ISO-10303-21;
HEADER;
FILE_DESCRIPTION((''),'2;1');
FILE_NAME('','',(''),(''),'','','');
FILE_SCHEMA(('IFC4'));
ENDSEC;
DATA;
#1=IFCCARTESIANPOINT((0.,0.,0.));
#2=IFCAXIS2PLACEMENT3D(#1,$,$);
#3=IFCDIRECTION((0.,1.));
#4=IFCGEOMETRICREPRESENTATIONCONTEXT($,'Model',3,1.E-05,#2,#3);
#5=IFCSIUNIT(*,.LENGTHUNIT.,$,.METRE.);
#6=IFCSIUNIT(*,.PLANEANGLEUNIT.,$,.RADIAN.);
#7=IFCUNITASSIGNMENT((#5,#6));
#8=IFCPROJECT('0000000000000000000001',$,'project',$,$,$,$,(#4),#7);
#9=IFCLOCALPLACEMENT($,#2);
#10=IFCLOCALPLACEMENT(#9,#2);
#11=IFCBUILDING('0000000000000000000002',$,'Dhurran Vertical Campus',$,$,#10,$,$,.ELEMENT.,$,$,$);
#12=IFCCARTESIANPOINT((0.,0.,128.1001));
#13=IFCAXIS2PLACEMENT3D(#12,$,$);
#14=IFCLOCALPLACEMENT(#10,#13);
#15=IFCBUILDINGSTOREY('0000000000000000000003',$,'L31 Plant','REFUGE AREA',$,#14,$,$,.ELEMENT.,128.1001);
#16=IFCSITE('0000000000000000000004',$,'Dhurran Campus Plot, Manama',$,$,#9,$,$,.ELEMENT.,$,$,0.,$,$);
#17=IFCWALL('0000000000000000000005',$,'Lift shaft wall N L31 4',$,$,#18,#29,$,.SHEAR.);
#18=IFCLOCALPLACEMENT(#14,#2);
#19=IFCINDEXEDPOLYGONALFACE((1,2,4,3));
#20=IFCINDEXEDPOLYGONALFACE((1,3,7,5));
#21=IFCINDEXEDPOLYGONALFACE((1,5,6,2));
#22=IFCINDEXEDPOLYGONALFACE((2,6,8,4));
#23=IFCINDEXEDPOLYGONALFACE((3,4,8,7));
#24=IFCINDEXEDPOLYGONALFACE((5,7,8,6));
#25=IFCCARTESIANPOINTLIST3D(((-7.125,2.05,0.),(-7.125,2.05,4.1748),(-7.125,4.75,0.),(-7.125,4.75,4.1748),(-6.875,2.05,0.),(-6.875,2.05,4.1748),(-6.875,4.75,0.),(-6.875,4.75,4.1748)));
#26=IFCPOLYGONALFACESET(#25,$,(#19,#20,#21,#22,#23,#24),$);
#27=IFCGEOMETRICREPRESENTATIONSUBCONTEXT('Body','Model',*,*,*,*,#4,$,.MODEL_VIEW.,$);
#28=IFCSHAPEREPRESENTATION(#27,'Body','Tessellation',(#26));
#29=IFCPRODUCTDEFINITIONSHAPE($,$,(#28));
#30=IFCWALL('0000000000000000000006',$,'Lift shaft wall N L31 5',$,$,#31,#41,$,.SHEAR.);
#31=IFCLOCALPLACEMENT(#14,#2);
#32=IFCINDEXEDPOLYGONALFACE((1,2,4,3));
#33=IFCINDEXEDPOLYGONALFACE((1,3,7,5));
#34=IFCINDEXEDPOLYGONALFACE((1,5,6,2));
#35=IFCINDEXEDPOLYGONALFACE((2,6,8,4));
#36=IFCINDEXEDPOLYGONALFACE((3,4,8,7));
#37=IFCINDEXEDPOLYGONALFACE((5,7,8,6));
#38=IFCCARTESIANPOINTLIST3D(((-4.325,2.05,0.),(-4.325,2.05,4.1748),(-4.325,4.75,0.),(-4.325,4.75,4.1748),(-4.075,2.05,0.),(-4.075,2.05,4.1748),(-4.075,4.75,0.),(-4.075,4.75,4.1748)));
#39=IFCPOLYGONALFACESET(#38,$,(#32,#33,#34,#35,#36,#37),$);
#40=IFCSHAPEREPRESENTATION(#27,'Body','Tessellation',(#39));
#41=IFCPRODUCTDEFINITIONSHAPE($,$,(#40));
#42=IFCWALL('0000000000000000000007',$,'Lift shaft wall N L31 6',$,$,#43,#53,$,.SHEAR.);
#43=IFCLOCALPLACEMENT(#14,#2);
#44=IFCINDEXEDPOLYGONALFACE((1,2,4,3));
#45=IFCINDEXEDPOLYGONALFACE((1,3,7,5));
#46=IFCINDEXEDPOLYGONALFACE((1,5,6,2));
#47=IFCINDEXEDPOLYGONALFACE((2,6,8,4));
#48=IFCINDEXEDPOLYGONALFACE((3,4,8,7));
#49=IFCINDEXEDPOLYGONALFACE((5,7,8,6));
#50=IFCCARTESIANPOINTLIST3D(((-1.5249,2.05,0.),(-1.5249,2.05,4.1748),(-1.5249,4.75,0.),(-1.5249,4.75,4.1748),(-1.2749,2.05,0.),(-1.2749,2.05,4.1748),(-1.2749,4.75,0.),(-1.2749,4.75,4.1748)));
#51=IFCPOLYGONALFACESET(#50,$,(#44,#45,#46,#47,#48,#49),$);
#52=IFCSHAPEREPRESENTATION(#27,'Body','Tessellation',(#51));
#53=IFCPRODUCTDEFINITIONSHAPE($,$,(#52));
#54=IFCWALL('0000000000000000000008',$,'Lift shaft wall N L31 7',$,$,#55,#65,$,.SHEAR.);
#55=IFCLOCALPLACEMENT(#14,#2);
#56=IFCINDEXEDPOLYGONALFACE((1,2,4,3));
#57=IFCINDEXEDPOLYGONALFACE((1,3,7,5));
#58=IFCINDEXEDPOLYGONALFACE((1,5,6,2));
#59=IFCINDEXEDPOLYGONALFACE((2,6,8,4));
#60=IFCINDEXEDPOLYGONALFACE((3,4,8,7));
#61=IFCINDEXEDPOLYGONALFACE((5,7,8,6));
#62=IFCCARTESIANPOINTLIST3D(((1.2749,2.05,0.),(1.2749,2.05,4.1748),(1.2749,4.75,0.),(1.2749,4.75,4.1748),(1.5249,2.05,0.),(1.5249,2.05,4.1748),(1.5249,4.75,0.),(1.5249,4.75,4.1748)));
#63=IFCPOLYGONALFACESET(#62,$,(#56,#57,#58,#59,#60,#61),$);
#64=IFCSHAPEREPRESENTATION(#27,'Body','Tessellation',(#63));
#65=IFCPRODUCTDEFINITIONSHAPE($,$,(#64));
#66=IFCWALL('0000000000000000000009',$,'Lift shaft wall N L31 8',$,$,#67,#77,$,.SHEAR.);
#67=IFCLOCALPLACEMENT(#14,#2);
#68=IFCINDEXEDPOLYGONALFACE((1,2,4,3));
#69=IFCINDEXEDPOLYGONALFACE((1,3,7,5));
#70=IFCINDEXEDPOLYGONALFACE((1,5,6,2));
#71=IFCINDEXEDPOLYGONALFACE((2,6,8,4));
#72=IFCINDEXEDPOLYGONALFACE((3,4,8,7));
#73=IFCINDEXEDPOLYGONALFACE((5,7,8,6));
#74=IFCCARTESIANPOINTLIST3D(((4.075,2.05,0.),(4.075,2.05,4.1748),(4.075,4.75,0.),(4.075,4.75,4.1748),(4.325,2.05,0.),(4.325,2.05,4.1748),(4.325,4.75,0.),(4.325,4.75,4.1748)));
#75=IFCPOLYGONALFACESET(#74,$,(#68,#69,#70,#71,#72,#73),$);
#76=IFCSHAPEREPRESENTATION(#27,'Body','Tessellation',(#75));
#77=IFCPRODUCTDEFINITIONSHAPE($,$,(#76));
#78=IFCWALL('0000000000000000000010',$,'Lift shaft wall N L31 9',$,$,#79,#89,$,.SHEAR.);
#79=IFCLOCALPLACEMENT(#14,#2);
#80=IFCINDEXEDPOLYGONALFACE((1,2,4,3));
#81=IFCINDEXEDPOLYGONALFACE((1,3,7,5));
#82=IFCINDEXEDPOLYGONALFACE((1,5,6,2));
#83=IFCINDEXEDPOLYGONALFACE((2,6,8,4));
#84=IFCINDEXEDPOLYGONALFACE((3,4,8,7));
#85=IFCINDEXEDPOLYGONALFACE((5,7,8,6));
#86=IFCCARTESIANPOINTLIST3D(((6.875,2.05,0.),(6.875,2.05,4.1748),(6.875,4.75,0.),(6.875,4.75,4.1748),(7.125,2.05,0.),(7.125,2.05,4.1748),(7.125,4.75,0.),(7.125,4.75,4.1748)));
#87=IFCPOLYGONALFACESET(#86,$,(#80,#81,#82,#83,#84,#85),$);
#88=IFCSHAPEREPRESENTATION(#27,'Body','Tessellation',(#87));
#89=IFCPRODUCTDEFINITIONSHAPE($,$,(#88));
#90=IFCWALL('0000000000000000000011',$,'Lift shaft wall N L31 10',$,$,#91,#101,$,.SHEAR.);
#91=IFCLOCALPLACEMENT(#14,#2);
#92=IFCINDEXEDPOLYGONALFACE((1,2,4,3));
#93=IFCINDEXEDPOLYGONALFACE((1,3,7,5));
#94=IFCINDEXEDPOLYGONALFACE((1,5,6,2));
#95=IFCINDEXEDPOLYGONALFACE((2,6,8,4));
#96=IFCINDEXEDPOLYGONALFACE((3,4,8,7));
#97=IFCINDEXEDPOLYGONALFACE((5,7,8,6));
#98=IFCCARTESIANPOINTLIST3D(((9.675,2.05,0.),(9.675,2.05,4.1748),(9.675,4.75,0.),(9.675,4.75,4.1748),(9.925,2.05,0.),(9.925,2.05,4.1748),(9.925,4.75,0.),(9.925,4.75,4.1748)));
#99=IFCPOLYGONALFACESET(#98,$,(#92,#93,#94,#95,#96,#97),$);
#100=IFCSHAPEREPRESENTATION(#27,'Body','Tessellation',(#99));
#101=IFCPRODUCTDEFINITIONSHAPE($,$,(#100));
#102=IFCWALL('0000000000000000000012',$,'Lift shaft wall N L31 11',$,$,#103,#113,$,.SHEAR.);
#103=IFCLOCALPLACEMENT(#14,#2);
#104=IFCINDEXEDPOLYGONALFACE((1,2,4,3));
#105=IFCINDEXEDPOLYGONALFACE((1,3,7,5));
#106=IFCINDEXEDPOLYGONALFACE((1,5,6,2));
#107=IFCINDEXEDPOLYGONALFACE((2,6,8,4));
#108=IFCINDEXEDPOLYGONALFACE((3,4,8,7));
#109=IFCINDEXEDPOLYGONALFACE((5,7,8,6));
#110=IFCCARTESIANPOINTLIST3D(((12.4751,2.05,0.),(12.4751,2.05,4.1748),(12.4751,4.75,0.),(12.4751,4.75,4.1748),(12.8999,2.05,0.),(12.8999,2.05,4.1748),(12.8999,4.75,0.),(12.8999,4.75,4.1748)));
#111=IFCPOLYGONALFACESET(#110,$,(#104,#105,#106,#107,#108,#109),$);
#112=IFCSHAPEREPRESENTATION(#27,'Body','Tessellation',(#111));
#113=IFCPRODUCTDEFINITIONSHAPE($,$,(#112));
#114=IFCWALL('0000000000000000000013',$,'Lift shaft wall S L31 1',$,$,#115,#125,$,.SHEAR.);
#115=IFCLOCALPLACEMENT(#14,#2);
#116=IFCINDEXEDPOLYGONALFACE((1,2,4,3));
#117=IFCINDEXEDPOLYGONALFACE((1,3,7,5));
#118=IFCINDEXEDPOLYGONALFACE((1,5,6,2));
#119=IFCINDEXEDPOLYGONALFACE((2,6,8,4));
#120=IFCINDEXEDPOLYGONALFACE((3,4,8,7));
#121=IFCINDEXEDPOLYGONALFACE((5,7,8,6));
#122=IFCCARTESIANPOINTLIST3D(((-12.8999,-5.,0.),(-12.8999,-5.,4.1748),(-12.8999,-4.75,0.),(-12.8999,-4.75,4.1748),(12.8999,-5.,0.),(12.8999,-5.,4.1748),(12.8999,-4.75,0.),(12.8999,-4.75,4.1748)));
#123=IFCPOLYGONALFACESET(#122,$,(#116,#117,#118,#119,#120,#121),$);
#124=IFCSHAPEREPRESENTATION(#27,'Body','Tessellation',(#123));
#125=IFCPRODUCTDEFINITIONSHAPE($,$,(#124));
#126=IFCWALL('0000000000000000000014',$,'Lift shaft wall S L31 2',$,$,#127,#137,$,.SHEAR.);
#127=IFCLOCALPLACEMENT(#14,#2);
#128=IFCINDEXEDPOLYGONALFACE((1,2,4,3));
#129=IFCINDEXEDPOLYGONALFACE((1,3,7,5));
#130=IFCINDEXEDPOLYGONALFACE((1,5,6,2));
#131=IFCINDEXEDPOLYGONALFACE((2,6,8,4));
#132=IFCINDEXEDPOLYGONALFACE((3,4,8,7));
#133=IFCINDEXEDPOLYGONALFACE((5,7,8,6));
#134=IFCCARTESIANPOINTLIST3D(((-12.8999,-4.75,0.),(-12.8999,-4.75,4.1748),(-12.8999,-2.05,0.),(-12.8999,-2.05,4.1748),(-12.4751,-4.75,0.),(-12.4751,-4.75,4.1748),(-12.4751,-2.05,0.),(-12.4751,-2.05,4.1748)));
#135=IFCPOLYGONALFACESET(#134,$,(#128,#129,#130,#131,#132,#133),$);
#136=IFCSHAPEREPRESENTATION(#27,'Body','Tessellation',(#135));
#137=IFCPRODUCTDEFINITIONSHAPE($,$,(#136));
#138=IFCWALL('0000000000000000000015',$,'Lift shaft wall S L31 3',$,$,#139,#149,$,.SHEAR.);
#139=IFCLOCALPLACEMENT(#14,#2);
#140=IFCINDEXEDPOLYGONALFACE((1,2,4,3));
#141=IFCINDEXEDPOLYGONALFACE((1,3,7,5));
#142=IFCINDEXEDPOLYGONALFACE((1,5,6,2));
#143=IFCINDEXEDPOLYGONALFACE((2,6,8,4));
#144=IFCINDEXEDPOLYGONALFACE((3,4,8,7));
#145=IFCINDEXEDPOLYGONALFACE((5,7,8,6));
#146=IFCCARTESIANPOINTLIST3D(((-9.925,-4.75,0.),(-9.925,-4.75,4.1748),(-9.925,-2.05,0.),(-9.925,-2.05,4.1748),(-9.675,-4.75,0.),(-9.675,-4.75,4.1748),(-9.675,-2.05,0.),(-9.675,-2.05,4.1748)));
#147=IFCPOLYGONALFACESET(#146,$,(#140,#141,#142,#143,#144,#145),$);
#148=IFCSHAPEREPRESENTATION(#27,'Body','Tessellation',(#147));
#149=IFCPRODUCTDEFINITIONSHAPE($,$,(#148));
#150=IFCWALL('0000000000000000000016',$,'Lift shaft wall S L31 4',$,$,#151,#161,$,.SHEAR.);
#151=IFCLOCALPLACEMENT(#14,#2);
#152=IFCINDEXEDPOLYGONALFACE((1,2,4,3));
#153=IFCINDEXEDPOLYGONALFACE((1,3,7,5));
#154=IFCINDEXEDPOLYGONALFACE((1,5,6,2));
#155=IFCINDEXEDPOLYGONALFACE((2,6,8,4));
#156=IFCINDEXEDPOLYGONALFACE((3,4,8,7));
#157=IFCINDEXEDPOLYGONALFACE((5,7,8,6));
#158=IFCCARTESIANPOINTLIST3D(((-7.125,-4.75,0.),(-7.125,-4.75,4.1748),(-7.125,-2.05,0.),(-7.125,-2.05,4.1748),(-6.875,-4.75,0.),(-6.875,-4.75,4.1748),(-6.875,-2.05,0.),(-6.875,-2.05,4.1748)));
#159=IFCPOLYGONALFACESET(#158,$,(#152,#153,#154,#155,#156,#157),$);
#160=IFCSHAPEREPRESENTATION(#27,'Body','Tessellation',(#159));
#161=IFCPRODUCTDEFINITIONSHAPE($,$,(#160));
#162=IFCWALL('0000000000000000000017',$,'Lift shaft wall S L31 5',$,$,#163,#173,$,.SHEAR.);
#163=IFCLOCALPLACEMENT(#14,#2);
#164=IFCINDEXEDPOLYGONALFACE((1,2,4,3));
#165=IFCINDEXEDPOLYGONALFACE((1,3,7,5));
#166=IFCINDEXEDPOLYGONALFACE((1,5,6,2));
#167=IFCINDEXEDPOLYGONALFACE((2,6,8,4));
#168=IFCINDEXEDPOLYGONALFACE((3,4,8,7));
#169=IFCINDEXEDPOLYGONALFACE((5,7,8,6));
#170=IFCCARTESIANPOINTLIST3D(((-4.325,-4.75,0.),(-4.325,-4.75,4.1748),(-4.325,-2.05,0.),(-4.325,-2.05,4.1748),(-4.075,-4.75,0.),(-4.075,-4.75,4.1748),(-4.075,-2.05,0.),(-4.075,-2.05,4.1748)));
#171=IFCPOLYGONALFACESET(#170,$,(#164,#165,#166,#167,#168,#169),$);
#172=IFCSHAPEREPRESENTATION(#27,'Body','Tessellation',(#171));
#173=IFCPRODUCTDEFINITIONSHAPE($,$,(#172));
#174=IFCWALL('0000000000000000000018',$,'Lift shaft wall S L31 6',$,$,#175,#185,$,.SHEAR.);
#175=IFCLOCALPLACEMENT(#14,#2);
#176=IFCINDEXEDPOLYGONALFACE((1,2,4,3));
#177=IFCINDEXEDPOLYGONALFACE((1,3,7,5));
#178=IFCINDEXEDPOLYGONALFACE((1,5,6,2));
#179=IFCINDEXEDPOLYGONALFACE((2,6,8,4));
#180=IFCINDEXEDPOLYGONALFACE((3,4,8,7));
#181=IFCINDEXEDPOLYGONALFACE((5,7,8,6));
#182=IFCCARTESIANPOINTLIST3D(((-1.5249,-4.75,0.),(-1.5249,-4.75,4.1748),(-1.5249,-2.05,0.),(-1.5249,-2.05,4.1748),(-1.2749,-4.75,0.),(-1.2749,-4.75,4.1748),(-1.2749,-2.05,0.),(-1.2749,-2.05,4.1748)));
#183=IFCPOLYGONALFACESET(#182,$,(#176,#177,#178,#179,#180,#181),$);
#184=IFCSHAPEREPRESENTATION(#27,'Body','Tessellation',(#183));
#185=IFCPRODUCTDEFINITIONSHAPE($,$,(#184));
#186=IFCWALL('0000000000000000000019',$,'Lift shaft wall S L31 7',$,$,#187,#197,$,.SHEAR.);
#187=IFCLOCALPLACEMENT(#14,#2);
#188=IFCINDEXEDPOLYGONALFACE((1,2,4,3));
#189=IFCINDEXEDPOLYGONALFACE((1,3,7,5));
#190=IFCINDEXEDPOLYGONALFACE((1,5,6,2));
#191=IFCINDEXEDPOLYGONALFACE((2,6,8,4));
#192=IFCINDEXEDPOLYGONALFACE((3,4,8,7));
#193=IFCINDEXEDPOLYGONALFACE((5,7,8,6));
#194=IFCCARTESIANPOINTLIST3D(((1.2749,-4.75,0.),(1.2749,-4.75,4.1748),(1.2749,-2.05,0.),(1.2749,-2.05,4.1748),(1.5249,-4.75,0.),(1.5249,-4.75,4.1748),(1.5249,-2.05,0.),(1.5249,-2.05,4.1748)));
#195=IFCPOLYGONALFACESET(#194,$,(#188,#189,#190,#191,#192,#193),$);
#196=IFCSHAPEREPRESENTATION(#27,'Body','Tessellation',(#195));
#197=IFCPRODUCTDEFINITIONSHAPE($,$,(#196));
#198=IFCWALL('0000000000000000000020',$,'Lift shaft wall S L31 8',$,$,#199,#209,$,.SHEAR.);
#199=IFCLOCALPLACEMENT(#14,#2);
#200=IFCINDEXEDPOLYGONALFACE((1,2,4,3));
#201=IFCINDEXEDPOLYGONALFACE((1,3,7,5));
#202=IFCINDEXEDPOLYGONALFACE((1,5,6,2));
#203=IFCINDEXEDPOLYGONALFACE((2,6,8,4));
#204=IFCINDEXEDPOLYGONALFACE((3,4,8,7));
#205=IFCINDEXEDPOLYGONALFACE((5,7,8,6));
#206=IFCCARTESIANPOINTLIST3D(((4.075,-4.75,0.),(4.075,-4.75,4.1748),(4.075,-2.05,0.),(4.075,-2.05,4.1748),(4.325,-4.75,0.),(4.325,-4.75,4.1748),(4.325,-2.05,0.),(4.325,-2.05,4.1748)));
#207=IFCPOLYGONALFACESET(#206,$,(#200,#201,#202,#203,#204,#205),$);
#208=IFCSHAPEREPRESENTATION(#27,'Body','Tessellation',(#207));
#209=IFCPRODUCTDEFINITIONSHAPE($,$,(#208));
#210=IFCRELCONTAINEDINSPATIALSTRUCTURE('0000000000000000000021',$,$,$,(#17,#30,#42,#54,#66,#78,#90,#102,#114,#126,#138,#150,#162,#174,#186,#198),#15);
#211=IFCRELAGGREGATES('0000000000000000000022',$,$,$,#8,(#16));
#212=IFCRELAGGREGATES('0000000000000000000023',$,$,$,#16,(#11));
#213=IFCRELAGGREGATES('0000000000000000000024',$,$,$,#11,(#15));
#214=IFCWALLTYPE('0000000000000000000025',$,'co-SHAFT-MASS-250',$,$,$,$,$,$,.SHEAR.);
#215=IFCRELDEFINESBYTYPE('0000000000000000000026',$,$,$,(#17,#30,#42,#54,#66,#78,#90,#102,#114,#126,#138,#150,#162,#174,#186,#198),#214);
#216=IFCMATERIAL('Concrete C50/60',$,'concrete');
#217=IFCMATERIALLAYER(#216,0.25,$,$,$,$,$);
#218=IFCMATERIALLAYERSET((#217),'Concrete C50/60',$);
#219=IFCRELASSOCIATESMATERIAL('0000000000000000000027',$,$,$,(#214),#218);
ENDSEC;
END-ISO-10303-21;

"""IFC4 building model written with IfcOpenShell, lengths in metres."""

from ifc_helpers import new_model, si_unit, direction, frame, origin, place, context, subcontext, project, spatial, polyline, outline, extrude, material, layer, layer_set, type_object, element, save


model = new_model("IFC4")

# Units and contexts
model_context = context("Model", 3, precision=1e-05, world=origin(), true_north=direction((0.0, 1.0)))
body_context = subcontext(model_context, "Body", "Model", "MODEL_VIEW")
ifc_project = project(units=[si_unit("LENGTHUNIT", "METRE"), si_unit("PLANEANGLEUNIT", "RADIAN")], contexts=[model_context])

# Site, building, storey
site_placement = place(None, origin())
site = spatial("IfcSite", under=ifc_project, at=site_placement, Name="Dhurran Campus Plot, Manama", CompositionType="ELEMENT", RefElevation=0.0)
building_placement = place(site_placement, origin())
building = spatial("IfcBuilding", under=site, at=building_placement, Name="Dhurran Vertical Campus", CompositionType="ELEMENT")
storey_placement = place(building_placement, frame((0.0, 0.0, 128.1001)))
storey = spatial("IfcBuildingStorey", under=building, at=storey_placement, Name="L31 Plant", Description="REFUGE AREA", CompositionType="ELEMENT", Elevation=128.1001)

# Walls
ifc_material = material(Name="Concrete C50/60", Category="concrete")
ifc_layer = layer(ifc_material, 0.25)
ifc_layer_set = layer_set([ifc_layer], Name="Concrete C50/60")
wall_type = type_object("IfcWallType", Name="co-SHAFT-MASS-250", PredefinedType="SHEAR", material=ifc_layer_set)
wall_1_placement = place(storey_placement, origin())
element("IfcWall", 1, at=wall_1_placement, inside=storey, type_object=wall_type, Name="Lift shaft wall N L31 4", PredefinedType="SHEAR", context=body_context, shape_type="SweptSolid", body=[
    extrude(outline(polyline([(-7.125, 2.05), (-6.875, 2.05), (-6.875, 4.75), (-7.125, 4.75), (-7.125, 2.05)])), origin(), (0.0, 0.0, 1.0), 4.1748),
])
wall_2_placement = place(storey_placement, origin())
element("IfcWall", 2, at=wall_2_placement, inside=storey, type_object=wall_type, Name="Lift shaft wall N L31 5", PredefinedType="SHEAR", context=body_context, shape_type="SweptSolid", body=[
    extrude(outline(polyline([(-4.325, 2.05), (-4.075, 2.05), (-4.075, 4.75), (-4.325, 4.75), (-4.325, 2.05)])), origin(), (0.0, 0.0, 1.0), 4.1748),
])
wall_3_placement = place(storey_placement, origin())
element("IfcWall", 3, at=wall_3_placement, inside=storey, type_object=wall_type, Name="Lift shaft wall N L31 6", PredefinedType="SHEAR", context=body_context, shape_type="SweptSolid", body=[
    extrude(outline(polyline([(-1.5249, 2.05), (-1.2749, 2.05), (-1.2749, 4.75), (-1.5249, 4.75), (-1.5249, 2.05)])), origin(), (0.0, 0.0, 1.0), 4.1748),
])
wall_4_placement = place(storey_placement, origin())
element("IfcWall", 4, at=wall_4_placement, inside=storey, type_object=wall_type, Name="Lift shaft wall N L31 7", PredefinedType="SHEAR", context=body_context, shape_type="SweptSolid", body=[
    extrude(outline(polyline([(1.2749, 2.05), (1.5249, 2.05), (1.5249, 4.75), (1.2749, 4.75), (1.2749, 2.05)])), origin(), (0.0, 0.0, 1.0), 4.1748),
])
wall_5_placement = place(storey_placement, origin())
element("IfcWall", 5, at=wall_5_placement, inside=storey, type_object=wall_type, Name="Lift shaft wall N L31 8", PredefinedType="SHEAR", context=body_context, shape_type="SweptSolid", body=[
    extrude(outline(polyline([(4.075, 2.05), (4.325, 2.05), (4.325, 4.75), (4.075, 4.75), (4.075, 2.05)])), origin(), (0.0, 0.0, 1.0), 4.1748),
])
wall_6_placement = place(storey_placement, origin())
element("IfcWall", 6, at=wall_6_placement, inside=storey, type_object=wall_type, Name="Lift shaft wall N L31 9", PredefinedType="SHEAR", context=body_context, shape_type="SweptSolid", body=[
    extrude(outline(polyline([(6.875, 2.05), (7.125, 2.05), (7.125, 4.75), (6.875, 4.75), (6.875, 2.05)])), origin(), (0.0, 0.0, 1.0), 4.1748),
])
wall_7_placement = place(storey_placement, origin())
element("IfcWall", 7, at=wall_7_placement, inside=storey, type_object=wall_type, Name="Lift shaft wall N L31 10", PredefinedType="SHEAR", context=body_context, shape_type="SweptSolid", body=[
    extrude(outline(polyline([(9.675, 2.05), (9.925, 2.05), (9.925, 4.75), (9.675, 4.75), (9.675, 2.05)])), origin(), (0.0, 0.0, 1.0), 4.1748),
])
wall_8_placement = place(storey_placement, origin())
element("IfcWall", 8, at=wall_8_placement, inside=storey, type_object=wall_type, Name="Lift shaft wall N L31 11", PredefinedType="SHEAR", context=body_context, shape_type="SweptSolid", body=[
    extrude(outline(polyline([(12.4751, 2.05), (12.8999, 2.05), (12.8999, 4.75), (12.4751, 4.75), (12.4751, 2.05)])), origin(), (0.0, 0.0, 1.0), 4.1748),
])
wall_9_placement = place(storey_placement, origin())
element("IfcWall", 9, at=wall_9_placement, inside=storey, type_object=wall_type, Name="Lift shaft wall S L31 1", PredefinedType="SHEAR", context=body_context, shape_type="SweptSolid", body=[
    extrude(outline(polyline([(-12.8999, -5.0), (12.8999, -5.0), (12.8999, -4.75), (-12.8999, -4.75), (-12.8999, -5.0)])), origin(), (0.0, 0.0, 1.0), 4.1748),
])
wall_10_placement = place(storey_placement, origin())
element("IfcWall", 10, at=wall_10_placement, inside=storey, type_object=wall_type, Name="Lift shaft wall S L31 2", PredefinedType="SHEAR", context=body_context, shape_type="SweptSolid", body=[
    extrude(outline(polyline([(-12.8999, -4.75), (-12.4751, -4.75), (-12.4751, -2.05), (-12.8999, -2.05), (-12.8999, -4.75)])), origin(), (0.0, 0.0, 1.0), 4.1748),
])
wall_11_placement = place(storey_placement, origin())
element("IfcWall", 11, at=wall_11_placement, inside=storey, type_object=wall_type, Name="Lift shaft wall S L31 3", PredefinedType="SHEAR", context=body_context, shape_type="SweptSolid", body=[
    extrude(outline(polyline([(-9.925, -4.75), (-9.675, -4.75), (-9.675, -2.05), (-9.925, -2.05), (-9.925, -4.75)])), origin(), (0.0, 0.0, 1.0), 4.1748),
])
wall_12_placement = place(storey_placement, origin())
element("IfcWall", 12, at=wall_12_placement, inside=storey, type_object=wall_type, Name="Lift shaft wall S L31 4", PredefinedType="SHEAR", context=body_context, shape_type="SweptSolid", body=[
    extrude(outline(polyline([(-7.125, -4.75), (-6.875, -4.75), (-6.875, -2.05), (-7.125, -2.05), (-7.125, -4.75)])), origin(), (0.0, 0.0, 1.0), 4.1748),
])
wall_13_placement = place(storey_placement, origin())
element("IfcWall", 13, at=wall_13_placement, inside=storey, type_object=wall_type, Name="Lift shaft wall S L31 5", PredefinedType="SHEAR", context=body_context, shape_type="SweptSolid", body=[
    extrude(outline(polyline([(-4.325, -4.75), (-4.075, -4.75), (-4.075, -2.05), (-4.325, -2.05), (-4.325, -4.75)])), origin(), (0.0, 0.0, 1.0), 4.1748),
])
wall_14_placement = place(storey_placement, origin())
element("IfcWall", 14, at=wall_14_placement, inside=storey, type_object=wall_type, Name="Lift shaft wall S L31 6", PredefinedType="SHEAR", context=body_context, shape_type="SweptSolid", body=[
    extrude(outline(polyline([(-1.5249, -4.75), (-1.2749, -4.75), (-1.2749, -2.05), (-1.5249, -2.05), (-1.5249, -4.75)])), origin(), (0.0, 0.0, 1.0), 4.1748),
])
wall_15_placement = place(storey_placement, origin())
element("IfcWall", 15, at=wall_15_placement, inside=storey, type_object=wall_type, Name="Lift shaft wall S L31 7", PredefinedType="SHEAR", context=body_context, shape_type="SweptSolid", body=[
    extrude(outline(polyline([(1.2749, -4.75), (1.5249, -4.75), (1.5249, -2.05), (1.2749, -2.05), (1.2749, -4.75)])), origin(), (0.0, 0.0, 1.0), 4.1748),
])
wall_16_placement = place(storey_placement, origin())
element("IfcWall", 16, at=wall_16_placement, inside=storey, type_object=wall_type, Name="Lift shaft wall S L31 8", PredefinedType="SHEAR", context=body_context, shape_type="SweptSolid", body=[
    extrude(outline(polyline([(4.075, -4.75), (4.325, -4.75), (4.325, -2.05), (4.075, -2.05), (4.075, -4.75)])), origin(), (0.0, 0.0, 1.0), 4.1748),
])

save(model, "model.ifc")
